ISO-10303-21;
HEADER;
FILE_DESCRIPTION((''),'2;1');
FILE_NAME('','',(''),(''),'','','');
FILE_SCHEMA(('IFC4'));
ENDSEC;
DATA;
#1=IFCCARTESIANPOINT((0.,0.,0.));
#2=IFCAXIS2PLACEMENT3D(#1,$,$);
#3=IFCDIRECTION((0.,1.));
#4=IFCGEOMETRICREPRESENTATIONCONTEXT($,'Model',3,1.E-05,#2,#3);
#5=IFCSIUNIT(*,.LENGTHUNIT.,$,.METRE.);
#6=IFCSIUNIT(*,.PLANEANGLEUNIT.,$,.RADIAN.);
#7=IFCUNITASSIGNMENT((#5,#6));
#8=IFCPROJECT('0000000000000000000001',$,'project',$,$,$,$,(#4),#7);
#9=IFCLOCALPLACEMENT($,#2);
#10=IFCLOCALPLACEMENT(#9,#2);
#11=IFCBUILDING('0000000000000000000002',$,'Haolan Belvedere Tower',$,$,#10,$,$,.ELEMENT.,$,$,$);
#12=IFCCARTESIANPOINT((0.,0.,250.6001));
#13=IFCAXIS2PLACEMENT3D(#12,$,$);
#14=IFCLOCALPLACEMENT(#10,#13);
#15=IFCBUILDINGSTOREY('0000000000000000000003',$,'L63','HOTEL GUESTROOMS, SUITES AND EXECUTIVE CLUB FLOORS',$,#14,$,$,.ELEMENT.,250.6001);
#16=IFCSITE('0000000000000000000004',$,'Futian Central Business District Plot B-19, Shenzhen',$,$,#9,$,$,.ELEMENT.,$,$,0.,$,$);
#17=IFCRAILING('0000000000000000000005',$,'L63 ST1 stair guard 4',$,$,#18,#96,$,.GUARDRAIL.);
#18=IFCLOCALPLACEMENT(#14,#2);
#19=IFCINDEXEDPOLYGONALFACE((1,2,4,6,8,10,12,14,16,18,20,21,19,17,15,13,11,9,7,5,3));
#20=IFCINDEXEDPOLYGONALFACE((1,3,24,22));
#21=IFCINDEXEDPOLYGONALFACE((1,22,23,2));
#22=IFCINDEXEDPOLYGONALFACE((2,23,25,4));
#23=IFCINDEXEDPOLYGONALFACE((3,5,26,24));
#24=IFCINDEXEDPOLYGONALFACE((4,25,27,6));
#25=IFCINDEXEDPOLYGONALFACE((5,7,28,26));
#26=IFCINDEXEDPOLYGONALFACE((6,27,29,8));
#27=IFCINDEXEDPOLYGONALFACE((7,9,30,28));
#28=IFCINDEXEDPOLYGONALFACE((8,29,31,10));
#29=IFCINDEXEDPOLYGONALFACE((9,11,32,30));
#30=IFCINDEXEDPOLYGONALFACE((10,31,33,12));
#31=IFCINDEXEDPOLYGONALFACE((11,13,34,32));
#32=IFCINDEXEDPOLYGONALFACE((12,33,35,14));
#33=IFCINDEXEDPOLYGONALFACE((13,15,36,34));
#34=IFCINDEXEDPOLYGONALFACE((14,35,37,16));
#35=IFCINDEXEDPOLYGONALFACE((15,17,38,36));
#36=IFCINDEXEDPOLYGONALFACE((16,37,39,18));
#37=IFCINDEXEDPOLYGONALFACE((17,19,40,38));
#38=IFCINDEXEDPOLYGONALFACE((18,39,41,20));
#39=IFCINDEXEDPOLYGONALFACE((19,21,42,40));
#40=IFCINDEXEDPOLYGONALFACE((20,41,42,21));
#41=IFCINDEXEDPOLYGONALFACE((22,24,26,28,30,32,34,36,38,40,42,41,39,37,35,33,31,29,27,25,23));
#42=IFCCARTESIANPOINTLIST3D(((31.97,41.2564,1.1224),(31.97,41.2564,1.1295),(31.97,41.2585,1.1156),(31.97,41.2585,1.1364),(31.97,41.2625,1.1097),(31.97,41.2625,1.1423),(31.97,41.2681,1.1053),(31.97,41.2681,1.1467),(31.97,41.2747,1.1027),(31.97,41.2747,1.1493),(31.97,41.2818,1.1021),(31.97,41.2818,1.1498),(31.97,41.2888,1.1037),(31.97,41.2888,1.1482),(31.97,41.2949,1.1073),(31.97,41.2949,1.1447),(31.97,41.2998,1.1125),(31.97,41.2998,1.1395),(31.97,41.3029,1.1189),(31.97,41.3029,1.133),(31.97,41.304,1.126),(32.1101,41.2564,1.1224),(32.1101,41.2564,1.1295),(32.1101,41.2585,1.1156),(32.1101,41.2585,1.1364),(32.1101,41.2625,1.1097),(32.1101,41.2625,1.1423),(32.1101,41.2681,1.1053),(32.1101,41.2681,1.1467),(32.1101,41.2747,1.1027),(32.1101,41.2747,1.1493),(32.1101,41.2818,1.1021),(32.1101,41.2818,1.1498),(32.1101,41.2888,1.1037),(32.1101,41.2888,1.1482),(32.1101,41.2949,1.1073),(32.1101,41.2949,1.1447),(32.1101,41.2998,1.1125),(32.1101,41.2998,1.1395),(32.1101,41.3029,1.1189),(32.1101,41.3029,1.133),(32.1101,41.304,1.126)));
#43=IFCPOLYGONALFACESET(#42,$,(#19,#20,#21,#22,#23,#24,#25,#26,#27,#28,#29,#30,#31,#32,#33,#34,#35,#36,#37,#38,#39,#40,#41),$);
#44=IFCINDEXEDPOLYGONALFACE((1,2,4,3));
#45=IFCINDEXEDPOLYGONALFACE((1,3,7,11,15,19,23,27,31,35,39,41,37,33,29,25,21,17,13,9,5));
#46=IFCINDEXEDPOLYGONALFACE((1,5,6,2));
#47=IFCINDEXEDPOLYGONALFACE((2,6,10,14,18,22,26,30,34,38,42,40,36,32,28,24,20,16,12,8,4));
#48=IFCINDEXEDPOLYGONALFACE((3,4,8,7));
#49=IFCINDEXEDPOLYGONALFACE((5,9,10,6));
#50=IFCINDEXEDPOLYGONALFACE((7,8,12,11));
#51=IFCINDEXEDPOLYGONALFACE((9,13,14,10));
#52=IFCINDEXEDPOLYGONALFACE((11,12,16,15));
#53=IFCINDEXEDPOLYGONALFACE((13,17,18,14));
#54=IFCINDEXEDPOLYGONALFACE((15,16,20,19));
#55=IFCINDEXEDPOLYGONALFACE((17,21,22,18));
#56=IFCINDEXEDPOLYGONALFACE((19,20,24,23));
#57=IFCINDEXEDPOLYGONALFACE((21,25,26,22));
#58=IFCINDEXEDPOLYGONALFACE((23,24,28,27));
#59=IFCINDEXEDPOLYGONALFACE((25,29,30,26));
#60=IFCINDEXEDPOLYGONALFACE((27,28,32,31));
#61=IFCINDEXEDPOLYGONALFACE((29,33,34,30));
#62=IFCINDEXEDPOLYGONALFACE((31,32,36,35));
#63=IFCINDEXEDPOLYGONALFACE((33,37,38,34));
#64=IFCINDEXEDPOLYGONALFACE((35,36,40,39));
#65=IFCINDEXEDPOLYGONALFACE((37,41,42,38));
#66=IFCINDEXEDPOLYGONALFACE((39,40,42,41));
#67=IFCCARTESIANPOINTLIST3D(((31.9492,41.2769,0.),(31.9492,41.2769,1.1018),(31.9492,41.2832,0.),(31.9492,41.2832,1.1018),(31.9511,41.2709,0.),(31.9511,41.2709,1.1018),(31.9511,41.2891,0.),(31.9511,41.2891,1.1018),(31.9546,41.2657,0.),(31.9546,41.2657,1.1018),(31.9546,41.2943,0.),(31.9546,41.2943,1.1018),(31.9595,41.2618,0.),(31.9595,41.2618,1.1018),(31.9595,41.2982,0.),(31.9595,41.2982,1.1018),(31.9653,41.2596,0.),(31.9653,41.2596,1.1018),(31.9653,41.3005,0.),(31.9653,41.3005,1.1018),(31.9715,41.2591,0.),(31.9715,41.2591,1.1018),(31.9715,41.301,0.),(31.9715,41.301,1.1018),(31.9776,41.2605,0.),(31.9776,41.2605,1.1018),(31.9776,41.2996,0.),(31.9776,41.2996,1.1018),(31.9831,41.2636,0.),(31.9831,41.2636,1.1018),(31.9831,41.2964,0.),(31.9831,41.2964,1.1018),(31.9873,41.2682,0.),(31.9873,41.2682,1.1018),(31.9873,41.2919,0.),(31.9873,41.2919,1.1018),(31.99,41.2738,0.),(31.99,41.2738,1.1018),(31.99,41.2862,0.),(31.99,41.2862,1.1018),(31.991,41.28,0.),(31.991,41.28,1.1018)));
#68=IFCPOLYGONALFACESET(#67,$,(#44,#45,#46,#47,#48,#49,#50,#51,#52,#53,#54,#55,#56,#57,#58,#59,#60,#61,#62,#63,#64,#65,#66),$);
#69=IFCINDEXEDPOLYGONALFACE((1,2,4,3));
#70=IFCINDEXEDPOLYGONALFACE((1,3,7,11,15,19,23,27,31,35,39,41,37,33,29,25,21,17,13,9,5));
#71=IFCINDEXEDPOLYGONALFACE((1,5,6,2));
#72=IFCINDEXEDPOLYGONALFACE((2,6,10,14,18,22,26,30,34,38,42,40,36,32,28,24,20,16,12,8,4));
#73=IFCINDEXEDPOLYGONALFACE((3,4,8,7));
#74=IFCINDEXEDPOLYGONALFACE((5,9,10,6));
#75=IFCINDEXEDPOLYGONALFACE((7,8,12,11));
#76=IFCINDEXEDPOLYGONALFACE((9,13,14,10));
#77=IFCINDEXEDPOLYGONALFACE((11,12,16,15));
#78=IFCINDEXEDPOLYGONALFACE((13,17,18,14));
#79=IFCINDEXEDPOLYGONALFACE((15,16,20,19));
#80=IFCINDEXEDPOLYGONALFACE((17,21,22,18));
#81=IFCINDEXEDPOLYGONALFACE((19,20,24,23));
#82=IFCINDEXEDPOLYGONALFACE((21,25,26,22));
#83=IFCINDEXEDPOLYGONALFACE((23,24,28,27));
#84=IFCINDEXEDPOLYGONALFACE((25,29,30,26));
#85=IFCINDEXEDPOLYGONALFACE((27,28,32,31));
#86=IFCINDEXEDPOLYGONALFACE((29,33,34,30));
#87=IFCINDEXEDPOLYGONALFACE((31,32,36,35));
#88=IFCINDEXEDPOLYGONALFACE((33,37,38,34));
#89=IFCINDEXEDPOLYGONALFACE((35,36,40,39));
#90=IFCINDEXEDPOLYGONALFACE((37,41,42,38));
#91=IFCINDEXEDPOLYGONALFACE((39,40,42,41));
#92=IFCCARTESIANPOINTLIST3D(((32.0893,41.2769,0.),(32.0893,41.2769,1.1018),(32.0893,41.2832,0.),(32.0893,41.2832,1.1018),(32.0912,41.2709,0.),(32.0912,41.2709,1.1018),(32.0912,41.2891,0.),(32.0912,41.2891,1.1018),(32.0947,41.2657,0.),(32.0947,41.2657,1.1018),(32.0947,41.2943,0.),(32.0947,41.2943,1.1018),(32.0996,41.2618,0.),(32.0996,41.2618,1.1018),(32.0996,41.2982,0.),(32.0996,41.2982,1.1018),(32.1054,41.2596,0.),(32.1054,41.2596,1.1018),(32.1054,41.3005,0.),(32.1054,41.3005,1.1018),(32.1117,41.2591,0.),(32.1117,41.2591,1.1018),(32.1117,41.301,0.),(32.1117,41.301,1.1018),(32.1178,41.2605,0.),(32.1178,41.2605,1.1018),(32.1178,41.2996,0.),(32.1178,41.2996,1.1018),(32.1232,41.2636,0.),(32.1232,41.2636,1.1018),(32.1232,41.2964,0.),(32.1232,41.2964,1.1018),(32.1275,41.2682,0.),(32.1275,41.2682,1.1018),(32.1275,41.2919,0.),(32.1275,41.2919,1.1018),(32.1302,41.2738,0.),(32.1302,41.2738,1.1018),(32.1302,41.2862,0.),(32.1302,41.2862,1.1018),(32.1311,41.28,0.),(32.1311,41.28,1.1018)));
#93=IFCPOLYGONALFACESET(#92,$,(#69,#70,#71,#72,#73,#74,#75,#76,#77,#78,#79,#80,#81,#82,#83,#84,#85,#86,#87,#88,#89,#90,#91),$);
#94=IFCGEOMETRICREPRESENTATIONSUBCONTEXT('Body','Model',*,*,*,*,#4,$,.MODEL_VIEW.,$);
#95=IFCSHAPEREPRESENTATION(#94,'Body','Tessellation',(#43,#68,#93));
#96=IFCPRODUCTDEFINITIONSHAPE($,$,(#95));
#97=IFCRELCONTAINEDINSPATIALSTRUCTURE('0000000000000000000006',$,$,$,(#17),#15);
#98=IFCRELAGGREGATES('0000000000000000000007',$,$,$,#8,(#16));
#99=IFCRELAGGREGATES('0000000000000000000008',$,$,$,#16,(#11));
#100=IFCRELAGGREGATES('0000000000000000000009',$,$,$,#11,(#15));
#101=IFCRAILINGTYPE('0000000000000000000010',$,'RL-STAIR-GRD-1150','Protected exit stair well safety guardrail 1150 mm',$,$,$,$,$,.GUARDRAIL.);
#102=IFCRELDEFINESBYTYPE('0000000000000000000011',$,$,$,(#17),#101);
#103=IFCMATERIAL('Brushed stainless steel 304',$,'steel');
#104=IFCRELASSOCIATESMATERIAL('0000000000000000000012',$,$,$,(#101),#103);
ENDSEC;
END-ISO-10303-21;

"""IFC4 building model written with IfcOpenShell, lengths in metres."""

from ifc_helpers import new_model, si_unit, direction, frame, origin, origin_2d, place, context, subcontext, project, spatial, circle, extrude, material, type_object, element, save


model = new_model("IFC4")

# Units and contexts
model_context = context("Model", 3, precision=1e-05, world=origin(), true_north=direction((0.0, 1.0)))
body_context = subcontext(model_context, "Body", "Model", "MODEL_VIEW")
ifc_project = project(units=[si_unit("LENGTHUNIT", "METRE"), si_unit("PLANEANGLEUNIT", "RADIAN")], contexts=[model_context])

# Site, building, storey
site_placement = place(None, origin())
site = spatial("IfcSite", under=ifc_project, at=site_placement, Name="Futian Central Business District Plot B-19, Shenzhen", CompositionType="ELEMENT", RefElevation=0.0)
building_placement = place(site_placement, origin())
building = spatial("IfcBuilding", under=site, at=building_placement, Name="Haolan Belvedere Tower", CompositionType="ELEMENT")
storey_placement = place(building_placement, frame((0.0, 0.0, 250.6001)))
storey = spatial("IfcBuildingStorey", under=building, at=storey_placement, Name="L63", Description="HOTEL GUESTROOMS, SUITES AND EXECUTIVE CLUB FLOORS", CompositionType="ELEMENT", Elevation=250.6001)

# Railing
ifc_material_1 = material(Name="Brushed stainless steel 304", Category="steel")
railing_type_1 = type_object("IfcRailingType", Name="RL-STAIR-GRD-1150", Description="Protected exit stair well safety guardrail 1150 mm", PredefinedType="GUARDRAIL", material=ifc_material_1)
railing_1_placement = place(storey_placement, frame((31.97, 41.28, 0.0)))
element("IfcRailing", 1, at=railing_1_placement, inside=storey, type_object=railing_type_1, Name="L63 ST1 stair guard 4", PredefinedType="GUARDRAIL", context=body_context, shape_type="SweptSolid", body=[
    extrude(circle(Radius=0.0239, at=origin_2d()), frame((0.0, 0.0, 1.126), z_axis=(1.0, 0.0, 0.0), x_axis=(0.0, 1.0, 0.0)), (0.0, 0.0, 1.0), 0.1401),
    extrude(circle(Radius=0.021, at=origin_2d()), origin(), (0.0, 0.0, 1.0), 1.1018),
    extrude(circle(Radius=0.021, at=origin_2d()), frame((0.1401, 0.0, 0.0)), (0.0, 0.0, 1.0), 1.1018),
])

save(model, "model.ifc")
